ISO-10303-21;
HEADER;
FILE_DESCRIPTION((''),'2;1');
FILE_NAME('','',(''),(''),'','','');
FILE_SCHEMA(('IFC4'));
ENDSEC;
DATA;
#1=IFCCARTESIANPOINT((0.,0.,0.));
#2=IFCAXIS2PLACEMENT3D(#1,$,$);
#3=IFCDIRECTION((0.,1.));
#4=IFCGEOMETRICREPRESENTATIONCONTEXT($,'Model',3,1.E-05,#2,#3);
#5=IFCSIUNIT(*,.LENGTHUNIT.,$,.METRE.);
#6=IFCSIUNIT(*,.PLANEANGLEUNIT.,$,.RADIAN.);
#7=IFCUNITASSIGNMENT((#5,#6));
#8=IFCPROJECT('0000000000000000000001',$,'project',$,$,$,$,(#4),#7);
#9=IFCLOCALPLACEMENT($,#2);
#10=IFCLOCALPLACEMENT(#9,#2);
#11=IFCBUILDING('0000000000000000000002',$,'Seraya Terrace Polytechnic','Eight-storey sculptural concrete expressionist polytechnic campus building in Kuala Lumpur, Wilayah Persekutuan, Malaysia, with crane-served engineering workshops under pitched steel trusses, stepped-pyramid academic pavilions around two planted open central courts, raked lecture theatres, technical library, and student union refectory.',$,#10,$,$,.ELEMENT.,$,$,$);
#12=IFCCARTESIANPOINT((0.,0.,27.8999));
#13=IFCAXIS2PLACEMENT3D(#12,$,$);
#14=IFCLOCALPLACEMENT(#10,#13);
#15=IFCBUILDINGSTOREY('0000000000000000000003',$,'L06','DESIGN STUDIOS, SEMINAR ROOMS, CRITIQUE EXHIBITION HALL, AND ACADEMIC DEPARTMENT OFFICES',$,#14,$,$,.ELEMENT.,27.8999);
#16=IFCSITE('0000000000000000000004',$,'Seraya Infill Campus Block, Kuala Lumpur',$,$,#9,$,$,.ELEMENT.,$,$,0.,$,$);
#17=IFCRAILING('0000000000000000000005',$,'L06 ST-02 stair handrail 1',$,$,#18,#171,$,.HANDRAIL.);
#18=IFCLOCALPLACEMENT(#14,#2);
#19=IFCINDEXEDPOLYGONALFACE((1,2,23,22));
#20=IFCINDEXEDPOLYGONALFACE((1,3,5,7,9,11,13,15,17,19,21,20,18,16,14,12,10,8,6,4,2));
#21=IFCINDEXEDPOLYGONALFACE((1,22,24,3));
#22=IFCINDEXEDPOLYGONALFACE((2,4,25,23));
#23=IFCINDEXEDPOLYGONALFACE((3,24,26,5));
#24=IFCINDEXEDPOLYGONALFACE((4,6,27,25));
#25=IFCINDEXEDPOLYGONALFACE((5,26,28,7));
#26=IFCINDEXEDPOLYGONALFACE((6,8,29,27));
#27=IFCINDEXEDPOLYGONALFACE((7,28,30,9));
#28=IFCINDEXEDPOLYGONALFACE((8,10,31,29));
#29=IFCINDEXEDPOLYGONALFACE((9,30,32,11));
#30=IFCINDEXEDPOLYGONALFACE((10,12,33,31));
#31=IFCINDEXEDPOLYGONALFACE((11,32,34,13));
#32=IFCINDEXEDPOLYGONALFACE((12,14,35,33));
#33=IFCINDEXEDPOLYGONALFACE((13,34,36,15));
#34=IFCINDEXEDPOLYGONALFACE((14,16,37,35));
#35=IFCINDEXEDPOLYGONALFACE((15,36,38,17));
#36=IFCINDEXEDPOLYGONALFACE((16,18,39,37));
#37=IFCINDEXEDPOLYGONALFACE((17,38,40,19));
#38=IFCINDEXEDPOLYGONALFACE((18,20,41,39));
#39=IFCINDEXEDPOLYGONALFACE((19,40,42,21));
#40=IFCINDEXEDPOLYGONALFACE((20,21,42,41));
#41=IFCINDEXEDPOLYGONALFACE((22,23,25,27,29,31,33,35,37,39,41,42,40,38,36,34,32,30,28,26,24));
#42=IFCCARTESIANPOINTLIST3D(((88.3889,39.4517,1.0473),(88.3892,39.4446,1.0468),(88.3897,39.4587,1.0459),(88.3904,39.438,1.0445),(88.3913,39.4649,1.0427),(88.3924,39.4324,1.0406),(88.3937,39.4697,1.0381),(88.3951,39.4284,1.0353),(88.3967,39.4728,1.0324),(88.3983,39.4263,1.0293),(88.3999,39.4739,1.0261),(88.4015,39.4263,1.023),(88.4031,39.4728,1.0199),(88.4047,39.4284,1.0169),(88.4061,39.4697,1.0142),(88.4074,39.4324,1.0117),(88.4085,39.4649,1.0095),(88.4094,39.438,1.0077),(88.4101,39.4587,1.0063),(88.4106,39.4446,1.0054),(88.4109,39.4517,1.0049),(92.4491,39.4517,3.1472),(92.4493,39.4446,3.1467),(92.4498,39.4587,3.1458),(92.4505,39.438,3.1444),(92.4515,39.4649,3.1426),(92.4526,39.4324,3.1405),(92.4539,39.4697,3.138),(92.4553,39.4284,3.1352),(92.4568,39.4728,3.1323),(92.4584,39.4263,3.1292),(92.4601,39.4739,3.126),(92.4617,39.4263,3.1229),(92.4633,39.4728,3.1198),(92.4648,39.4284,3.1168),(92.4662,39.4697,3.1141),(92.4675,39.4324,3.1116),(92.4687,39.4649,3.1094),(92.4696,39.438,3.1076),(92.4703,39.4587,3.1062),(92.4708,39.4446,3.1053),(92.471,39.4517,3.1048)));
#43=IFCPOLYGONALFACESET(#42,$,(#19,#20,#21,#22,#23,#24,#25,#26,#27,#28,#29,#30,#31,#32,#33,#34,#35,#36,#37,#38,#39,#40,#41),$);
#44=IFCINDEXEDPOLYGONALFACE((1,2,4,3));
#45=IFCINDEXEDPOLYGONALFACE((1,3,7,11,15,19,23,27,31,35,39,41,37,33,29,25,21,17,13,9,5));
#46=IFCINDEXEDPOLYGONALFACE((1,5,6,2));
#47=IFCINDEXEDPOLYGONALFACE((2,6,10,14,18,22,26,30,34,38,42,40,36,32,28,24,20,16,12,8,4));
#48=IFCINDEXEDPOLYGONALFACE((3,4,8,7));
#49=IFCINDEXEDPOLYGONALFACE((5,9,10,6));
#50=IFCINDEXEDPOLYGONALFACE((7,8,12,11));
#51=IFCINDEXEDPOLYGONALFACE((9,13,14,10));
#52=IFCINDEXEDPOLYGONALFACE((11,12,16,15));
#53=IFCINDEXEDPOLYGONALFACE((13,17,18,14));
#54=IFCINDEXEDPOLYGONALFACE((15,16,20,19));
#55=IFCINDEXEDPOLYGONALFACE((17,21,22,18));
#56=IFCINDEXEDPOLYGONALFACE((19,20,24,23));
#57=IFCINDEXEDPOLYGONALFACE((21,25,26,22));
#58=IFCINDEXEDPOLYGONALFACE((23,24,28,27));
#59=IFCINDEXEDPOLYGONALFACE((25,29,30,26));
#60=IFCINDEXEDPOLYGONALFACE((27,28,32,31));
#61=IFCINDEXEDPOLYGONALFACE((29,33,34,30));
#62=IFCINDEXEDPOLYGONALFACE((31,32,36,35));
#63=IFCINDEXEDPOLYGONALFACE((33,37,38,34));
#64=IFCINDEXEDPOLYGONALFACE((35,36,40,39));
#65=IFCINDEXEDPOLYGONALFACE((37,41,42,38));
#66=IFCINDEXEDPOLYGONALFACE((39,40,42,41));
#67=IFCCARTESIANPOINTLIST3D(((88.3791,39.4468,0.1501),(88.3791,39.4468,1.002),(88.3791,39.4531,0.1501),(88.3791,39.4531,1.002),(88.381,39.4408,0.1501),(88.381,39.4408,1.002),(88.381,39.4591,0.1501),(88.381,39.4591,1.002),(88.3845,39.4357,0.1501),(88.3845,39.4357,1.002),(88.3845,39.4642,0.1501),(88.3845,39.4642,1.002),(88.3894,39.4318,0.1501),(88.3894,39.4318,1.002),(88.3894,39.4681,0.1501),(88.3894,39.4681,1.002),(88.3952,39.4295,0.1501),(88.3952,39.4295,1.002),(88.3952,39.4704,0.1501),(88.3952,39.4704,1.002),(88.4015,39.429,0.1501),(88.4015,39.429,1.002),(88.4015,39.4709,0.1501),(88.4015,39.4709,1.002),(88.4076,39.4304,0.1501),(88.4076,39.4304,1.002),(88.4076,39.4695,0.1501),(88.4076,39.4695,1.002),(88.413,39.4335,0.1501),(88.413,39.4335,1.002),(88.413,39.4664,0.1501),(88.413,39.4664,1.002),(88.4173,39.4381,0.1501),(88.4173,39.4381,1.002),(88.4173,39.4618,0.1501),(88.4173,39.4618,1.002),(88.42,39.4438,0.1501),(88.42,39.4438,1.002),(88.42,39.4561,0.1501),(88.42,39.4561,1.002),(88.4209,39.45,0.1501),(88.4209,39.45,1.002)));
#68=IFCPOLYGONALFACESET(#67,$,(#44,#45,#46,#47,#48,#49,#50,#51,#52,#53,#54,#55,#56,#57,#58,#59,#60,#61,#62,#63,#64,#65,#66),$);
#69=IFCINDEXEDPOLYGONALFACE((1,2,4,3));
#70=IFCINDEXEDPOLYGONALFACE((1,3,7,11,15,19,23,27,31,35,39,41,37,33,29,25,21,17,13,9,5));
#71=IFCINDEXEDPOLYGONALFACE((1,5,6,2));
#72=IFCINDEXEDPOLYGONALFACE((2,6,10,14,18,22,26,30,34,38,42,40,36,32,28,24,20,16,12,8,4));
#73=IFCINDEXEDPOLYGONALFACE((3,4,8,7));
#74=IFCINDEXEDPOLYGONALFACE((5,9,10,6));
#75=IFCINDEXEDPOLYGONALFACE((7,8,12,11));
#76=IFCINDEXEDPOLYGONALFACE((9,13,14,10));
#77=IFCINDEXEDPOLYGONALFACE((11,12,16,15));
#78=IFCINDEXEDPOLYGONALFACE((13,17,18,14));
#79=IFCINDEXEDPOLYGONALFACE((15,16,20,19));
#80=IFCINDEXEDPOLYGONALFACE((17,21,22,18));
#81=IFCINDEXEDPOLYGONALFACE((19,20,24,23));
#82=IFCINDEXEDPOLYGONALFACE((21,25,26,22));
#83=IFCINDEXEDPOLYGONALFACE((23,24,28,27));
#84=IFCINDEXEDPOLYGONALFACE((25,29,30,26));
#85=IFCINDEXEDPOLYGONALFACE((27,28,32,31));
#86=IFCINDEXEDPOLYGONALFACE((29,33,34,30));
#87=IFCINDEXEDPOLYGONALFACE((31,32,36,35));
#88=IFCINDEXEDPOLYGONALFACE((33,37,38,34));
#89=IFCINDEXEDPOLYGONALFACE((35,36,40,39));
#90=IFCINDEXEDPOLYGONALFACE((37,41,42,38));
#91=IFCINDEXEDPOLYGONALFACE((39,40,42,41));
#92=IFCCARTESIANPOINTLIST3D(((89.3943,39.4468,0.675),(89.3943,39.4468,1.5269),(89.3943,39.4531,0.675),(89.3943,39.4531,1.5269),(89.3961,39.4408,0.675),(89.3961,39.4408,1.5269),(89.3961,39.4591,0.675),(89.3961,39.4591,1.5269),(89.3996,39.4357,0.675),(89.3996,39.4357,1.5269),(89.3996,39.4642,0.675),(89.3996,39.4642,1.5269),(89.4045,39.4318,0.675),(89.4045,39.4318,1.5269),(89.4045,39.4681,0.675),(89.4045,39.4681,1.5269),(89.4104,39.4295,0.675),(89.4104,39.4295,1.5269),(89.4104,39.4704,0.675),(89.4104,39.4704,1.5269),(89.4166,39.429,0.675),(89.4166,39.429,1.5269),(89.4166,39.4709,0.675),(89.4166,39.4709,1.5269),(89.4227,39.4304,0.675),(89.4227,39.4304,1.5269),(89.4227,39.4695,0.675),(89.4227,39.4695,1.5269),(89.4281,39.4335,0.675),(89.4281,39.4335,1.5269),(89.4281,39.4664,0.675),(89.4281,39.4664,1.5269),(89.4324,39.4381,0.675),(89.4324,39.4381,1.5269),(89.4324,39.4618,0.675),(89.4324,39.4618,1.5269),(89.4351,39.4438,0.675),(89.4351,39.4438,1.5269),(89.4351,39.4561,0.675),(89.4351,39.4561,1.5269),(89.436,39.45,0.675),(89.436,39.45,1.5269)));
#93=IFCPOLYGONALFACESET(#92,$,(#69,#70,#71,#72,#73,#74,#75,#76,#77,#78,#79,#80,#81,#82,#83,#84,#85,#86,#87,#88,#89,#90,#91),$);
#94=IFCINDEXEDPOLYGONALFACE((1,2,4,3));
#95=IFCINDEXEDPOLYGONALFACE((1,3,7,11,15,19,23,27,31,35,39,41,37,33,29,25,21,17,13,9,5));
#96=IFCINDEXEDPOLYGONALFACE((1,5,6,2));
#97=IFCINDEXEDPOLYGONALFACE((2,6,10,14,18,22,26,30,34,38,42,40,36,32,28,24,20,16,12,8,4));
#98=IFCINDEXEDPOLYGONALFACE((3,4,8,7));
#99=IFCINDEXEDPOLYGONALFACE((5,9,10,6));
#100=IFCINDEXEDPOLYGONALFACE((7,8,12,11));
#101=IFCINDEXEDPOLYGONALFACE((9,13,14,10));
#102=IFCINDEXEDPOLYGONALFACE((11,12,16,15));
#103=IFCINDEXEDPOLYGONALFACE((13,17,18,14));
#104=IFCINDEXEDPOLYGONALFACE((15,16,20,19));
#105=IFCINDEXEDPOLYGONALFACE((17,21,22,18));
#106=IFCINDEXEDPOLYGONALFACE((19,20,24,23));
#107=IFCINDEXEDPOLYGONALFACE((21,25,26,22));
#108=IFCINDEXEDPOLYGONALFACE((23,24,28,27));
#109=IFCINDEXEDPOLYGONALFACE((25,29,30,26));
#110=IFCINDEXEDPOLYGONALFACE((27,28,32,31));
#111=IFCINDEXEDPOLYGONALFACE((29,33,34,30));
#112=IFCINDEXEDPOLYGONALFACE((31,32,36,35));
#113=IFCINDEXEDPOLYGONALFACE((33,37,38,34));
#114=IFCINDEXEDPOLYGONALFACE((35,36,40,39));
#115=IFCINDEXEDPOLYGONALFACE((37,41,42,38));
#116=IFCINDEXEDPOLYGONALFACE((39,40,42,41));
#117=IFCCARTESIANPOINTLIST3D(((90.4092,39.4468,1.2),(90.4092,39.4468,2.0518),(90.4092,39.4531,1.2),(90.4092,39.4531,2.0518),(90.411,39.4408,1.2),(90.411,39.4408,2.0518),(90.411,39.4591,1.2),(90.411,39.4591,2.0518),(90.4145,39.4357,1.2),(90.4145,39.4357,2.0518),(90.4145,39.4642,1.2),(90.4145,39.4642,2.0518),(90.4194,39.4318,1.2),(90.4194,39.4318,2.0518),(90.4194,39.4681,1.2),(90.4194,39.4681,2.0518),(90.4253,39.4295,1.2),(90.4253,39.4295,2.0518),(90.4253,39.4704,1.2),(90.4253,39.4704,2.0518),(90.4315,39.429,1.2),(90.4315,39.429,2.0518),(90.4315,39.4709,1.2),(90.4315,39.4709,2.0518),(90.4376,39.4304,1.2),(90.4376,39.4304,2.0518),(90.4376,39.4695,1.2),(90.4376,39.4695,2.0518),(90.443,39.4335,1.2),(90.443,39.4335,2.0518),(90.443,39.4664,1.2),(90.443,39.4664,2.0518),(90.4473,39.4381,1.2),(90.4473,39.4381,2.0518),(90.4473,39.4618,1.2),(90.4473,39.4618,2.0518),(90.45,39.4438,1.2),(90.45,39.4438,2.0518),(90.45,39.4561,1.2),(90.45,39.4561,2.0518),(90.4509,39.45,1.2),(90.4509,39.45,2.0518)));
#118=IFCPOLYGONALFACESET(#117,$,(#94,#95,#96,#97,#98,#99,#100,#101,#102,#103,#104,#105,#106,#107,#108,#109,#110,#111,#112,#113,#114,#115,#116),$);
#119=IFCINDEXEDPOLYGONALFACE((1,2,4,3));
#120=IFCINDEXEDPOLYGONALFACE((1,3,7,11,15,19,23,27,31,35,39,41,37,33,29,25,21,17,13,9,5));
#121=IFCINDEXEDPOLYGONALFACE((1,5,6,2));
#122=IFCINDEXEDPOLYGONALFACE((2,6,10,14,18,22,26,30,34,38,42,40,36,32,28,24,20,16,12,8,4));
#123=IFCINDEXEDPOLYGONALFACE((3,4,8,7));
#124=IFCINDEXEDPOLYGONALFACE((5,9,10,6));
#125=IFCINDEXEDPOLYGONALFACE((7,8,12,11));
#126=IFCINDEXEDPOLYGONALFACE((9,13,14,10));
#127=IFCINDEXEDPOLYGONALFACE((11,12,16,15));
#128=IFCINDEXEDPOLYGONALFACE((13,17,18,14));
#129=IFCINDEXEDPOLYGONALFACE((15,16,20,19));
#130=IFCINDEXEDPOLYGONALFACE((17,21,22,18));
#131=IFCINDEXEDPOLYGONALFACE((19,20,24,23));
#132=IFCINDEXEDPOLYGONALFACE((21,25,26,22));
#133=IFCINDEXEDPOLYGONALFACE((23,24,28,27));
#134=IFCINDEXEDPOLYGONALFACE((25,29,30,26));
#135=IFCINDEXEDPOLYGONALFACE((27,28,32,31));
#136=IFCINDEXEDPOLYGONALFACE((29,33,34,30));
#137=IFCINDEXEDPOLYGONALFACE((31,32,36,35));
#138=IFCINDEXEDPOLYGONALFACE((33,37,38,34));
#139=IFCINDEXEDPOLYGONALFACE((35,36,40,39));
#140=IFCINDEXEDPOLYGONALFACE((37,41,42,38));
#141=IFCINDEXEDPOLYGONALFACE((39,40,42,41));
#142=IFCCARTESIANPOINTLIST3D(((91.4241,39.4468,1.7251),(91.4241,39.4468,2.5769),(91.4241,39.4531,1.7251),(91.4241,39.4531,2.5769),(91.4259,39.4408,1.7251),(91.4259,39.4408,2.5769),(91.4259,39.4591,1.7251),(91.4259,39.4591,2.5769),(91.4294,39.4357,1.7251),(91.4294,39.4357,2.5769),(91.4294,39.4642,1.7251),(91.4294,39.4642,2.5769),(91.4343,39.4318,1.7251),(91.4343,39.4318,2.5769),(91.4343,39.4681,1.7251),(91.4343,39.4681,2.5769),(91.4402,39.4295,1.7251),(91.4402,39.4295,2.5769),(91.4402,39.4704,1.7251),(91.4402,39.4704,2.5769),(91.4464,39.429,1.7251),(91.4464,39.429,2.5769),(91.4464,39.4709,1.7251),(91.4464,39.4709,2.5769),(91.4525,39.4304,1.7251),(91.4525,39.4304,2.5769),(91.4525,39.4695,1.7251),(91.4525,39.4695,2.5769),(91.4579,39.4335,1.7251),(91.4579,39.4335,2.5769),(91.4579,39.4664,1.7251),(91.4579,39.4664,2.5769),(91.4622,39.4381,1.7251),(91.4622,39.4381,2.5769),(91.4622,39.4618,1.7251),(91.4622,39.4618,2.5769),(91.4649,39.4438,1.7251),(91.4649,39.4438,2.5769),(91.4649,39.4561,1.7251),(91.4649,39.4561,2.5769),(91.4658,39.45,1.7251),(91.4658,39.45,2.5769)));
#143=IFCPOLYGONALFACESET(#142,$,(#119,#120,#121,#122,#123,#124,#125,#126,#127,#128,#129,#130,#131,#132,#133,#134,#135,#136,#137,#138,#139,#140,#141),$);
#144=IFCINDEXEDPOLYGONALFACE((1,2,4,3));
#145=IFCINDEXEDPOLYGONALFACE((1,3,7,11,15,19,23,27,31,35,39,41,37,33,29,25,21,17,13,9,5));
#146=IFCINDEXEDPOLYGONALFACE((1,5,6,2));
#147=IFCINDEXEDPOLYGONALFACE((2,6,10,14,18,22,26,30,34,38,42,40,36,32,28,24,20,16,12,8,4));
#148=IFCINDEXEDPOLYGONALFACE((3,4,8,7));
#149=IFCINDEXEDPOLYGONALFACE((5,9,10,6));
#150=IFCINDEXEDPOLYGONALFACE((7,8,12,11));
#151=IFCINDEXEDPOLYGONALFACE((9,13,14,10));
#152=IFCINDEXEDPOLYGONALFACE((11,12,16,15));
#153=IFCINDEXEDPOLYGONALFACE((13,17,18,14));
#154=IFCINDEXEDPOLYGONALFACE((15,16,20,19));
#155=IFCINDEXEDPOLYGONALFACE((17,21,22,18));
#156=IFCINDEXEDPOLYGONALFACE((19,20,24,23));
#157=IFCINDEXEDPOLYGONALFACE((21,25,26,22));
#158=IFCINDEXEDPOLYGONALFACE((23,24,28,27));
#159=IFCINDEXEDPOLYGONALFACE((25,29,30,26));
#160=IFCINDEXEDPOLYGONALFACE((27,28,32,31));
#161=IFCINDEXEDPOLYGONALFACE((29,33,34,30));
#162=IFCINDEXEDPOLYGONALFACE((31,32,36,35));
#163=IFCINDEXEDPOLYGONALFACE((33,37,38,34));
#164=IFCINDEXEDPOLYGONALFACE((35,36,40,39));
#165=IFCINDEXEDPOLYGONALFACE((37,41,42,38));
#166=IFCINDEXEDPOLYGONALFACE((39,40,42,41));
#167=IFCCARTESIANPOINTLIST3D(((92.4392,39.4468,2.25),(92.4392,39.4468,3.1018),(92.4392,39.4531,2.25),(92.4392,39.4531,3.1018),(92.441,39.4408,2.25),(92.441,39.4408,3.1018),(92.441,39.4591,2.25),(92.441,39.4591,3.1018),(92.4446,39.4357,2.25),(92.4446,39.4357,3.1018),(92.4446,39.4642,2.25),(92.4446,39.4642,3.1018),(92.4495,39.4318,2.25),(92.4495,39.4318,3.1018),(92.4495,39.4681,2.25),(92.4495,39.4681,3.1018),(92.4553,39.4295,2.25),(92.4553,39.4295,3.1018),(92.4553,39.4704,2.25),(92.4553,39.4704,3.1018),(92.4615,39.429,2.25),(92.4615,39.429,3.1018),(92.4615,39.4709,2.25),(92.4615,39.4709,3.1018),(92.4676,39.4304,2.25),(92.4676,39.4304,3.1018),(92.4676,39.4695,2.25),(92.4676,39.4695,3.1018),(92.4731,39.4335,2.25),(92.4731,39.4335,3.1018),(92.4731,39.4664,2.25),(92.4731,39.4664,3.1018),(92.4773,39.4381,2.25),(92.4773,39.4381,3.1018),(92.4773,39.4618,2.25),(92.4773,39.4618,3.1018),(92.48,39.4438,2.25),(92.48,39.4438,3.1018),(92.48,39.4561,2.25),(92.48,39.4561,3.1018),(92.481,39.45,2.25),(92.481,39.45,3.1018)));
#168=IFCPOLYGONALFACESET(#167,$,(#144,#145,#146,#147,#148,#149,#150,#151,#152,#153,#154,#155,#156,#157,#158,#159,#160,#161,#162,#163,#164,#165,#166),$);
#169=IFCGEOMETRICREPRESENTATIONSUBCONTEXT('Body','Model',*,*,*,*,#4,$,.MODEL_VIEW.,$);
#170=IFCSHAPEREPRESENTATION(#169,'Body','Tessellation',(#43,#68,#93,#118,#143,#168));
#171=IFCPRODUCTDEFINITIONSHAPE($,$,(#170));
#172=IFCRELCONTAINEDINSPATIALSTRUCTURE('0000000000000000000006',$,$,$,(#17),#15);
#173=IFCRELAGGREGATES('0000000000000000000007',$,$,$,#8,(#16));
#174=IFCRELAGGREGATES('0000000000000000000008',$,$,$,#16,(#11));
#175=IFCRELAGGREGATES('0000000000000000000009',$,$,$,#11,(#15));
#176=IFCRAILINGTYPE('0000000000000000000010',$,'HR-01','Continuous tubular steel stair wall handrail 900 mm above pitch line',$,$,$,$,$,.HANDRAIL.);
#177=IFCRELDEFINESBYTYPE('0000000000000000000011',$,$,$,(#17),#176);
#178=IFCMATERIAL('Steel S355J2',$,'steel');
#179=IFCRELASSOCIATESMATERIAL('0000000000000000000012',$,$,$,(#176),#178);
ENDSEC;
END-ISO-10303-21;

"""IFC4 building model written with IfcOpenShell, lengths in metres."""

from ifc_helpers import new_model, si_unit, direction, frame, origin, origin_2d, place, context, subcontext, project, spatial, circle, extrude, material, type_object, element, save


model = new_model("IFC4")

# Units and contexts
model_context = context("Model", 3, precision=1e-05, world=origin(), true_north=direction((0.0, 1.0)))
body_context = subcontext(model_context, "Body", "Model", "MODEL_VIEW")
ifc_project = project(units=[si_unit("LENGTHUNIT", "METRE"), si_unit("PLANEANGLEUNIT", "RADIAN")], contexts=[model_context])

# Site, building, storey
site_placement = place(None, origin())
site = spatial("IfcSite", under=ifc_project, at=site_placement, Name="Seraya Infill Campus Block, Kuala Lumpur", CompositionType="ELEMENT", RefElevation=0.0)
building_placement = place(site_placement, origin())
building = spatial("IfcBuilding", under=site, at=building_placement, Name="Seraya Terrace Polytechnic", Description="Eight-storey sculptural concrete expressionist polytechnic campus building in Kuala Lumpur, Wilayah Persekutuan, Malaysia, with crane-served engineering workshops under pitched steel trusses, stepped-pyramid academic pavilions around two planted open central courts, raked lecture theatres, technical library, and student union refectory.", CompositionType="ELEMENT")
storey_placement = place(building_placement, frame((0.0, 0.0, 27.8999)))
storey = spatial("IfcBuildingStorey", under=building, at=storey_placement, Name="L06", Description="DESIGN STUDIOS, SEMINAR ROOMS, CRITIQUE EXHIBITION HALL, AND ACADEMIC DEPARTMENT OFFICES", CompositionType="ELEMENT", Elevation=27.8999)

# Shared definitions
ifc_material_1 = material(Name="Steel S355J2", Category="steel")

# Railing
railing_type_1 = type_object("IfcRailingType", Name="HR-01", Description="Continuous tubular steel stair wall handrail 900 mm above pitch line", PredefinedType="HANDRAIL", material=ifc_material_1)
railing_1_placement = place(storey_placement, frame((88.3999, 39.45, 0.1501)))
element("IfcRailing", 1, at=railing_1_placement, inside=storey, type_object=railing_type_1, Name="L06 ST-02 stair handrail 1", PredefinedType="HANDRAIL", context=body_context, shape_type="SweptSolid", body=[
    extrude(circle(Radius=0.0239, at=origin_2d()), frame((0.0, 0.0, 0.876), z_axis=(0.888233, 0.0, 0.459392), x_axis=(0.0, 1.0, 0.0)), (0.0, 0.0, 1.0), 4.571),
    extrude(circle(Radius=0.021, at=origin_2d()), origin(), (0.0, 0.0, 1.0), 0.8518),
    extrude(circle(Radius=0.021, at=origin_2d()), frame((1.0151, 0.0, 0.5249)), (0.0, 0.0, 1.0), 0.8518),
    extrude(circle(Radius=0.021, at=origin_2d()), frame((2.03, 0.0, 1.0498)), (0.0, 0.0, 1.0), 0.8518),
    extrude(circle(Radius=0.021, at=origin_2d()), frame((3.0449, 0.0, 1.575)), (0.0, 0.0, 1.0), 0.8518),
    extrude(circle(Radius=0.021, at=origin_2d()), frame((4.0601, 0.0, 2.0999)), (0.0, 0.0, 1.0), 0.8518),
])

save(model, "model.ifc")
